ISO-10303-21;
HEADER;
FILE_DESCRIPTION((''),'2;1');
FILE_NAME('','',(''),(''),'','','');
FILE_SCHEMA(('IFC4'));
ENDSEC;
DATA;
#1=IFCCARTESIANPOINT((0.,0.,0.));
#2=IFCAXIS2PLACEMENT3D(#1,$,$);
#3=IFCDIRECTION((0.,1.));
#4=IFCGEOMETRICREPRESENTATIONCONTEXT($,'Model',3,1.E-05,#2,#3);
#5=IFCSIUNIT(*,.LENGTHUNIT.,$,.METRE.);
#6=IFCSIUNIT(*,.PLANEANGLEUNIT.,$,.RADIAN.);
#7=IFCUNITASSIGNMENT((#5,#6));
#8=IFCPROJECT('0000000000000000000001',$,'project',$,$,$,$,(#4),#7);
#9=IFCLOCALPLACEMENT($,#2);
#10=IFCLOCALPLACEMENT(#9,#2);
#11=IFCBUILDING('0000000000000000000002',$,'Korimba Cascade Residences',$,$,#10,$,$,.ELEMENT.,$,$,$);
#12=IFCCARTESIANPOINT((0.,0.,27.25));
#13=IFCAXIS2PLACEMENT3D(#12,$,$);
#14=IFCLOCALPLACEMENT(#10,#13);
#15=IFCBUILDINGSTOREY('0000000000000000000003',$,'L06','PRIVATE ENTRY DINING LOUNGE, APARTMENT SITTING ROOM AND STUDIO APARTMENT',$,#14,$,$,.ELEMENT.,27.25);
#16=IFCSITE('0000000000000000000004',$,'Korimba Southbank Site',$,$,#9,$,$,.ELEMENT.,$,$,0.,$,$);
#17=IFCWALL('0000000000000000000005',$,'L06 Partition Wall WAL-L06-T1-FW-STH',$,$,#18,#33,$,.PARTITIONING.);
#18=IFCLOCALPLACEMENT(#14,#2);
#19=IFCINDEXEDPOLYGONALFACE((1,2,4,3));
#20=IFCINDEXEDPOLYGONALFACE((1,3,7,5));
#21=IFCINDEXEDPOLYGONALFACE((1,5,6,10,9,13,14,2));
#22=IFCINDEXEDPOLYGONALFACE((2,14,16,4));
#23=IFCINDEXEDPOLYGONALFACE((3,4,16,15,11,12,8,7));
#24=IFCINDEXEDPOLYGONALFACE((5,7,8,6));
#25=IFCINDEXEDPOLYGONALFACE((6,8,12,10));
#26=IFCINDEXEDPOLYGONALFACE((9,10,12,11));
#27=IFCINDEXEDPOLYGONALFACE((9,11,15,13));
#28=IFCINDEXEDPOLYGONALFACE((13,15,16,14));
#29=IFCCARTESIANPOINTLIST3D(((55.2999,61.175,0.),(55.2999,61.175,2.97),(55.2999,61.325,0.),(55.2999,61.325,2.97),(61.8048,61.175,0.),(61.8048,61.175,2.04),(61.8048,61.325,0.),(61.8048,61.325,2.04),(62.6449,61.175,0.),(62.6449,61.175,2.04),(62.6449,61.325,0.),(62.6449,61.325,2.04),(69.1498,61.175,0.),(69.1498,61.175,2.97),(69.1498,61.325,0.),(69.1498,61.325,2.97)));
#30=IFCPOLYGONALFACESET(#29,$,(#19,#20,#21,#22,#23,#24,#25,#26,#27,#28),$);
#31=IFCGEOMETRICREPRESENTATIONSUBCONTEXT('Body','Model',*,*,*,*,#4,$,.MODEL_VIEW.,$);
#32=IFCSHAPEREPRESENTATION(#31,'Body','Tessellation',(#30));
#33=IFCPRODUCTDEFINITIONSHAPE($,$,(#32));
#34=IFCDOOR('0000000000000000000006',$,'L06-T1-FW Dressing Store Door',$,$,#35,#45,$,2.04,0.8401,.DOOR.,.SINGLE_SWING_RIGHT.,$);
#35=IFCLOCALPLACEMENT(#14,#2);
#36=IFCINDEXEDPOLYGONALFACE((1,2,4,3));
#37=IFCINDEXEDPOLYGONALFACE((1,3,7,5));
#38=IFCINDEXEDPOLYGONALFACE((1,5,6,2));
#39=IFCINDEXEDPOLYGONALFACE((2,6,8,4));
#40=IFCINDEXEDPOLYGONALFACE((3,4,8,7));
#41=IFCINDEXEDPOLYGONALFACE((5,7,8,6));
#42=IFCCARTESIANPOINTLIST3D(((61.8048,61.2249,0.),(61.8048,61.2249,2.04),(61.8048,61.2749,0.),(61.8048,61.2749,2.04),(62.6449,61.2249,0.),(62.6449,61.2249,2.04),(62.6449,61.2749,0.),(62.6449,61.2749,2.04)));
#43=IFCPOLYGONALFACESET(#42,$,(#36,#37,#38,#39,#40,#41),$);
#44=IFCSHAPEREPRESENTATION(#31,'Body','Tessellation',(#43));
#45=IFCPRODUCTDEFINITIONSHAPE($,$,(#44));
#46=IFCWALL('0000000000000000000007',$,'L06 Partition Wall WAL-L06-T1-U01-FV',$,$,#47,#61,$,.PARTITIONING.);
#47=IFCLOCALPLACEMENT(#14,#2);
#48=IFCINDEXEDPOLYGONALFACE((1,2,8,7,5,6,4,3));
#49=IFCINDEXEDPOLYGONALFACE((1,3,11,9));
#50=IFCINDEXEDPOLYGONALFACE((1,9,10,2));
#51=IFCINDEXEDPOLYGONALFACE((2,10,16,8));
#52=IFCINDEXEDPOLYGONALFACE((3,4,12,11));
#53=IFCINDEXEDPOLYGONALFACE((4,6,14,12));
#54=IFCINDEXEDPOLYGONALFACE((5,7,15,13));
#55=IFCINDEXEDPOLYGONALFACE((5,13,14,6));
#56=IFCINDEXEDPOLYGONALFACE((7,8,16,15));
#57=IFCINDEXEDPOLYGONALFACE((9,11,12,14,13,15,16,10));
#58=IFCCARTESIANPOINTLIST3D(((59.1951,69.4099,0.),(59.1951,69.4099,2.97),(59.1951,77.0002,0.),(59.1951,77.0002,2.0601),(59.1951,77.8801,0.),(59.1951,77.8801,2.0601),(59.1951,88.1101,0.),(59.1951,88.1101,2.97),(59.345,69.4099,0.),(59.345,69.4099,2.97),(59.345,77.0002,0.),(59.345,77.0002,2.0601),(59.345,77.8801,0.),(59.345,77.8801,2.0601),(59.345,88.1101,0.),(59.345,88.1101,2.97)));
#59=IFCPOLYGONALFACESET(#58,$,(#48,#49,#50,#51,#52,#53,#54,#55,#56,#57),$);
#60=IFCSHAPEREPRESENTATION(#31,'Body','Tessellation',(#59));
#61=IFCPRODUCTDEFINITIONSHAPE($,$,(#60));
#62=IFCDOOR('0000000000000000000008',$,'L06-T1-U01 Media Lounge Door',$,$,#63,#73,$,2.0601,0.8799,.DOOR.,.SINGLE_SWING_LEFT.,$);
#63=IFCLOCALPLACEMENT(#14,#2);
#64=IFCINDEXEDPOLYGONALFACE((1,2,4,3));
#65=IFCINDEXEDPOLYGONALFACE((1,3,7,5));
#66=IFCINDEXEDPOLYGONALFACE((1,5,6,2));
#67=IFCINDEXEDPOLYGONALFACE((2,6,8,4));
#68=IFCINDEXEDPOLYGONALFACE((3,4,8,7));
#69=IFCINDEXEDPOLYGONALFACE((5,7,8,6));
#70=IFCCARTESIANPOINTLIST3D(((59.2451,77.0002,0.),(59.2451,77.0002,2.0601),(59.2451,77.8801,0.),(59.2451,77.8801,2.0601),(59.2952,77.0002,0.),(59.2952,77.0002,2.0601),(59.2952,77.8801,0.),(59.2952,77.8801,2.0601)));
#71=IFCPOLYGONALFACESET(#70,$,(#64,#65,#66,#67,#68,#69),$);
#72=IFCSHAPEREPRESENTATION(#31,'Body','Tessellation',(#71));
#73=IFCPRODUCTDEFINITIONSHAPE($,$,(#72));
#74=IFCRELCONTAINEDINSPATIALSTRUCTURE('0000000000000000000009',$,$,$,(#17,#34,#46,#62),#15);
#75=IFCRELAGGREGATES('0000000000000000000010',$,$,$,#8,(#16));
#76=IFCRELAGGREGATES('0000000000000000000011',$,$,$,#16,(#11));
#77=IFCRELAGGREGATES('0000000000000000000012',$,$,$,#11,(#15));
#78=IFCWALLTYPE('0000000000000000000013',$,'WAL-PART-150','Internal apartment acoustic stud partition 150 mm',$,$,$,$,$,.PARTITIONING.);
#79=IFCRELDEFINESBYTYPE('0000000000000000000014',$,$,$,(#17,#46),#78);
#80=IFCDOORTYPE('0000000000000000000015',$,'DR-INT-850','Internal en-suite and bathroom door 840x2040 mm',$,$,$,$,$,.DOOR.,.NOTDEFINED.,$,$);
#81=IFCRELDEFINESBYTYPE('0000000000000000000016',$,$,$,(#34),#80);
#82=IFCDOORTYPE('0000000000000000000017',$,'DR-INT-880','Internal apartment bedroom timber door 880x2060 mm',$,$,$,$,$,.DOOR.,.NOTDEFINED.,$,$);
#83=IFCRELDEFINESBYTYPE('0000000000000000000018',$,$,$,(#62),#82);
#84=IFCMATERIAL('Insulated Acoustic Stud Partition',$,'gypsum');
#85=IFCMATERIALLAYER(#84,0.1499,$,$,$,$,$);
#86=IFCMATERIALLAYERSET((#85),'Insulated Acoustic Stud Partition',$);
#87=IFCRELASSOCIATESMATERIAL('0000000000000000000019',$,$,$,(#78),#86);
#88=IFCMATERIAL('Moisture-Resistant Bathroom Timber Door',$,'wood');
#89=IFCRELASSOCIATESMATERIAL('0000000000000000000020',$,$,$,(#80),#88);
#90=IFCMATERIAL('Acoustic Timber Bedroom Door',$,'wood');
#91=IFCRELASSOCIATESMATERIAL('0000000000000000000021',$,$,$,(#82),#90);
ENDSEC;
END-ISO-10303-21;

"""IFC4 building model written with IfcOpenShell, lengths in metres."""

from ifc_helpers import new_model, si_unit, direction, frame, frame_2d, origin, place, context, subcontext, project, spatial, rectangle, extrude, material, layer, layer_set, type_object, element, fill, save


model = new_model("IFC4")

# Units and contexts
model_context = context("Model", 3, precision=1e-05, world=origin(), true_north=direction((0.0, 1.0)))
body_context = subcontext(model_context, "Body", "Model", "MODEL_VIEW")
ifc_project = project(units=[si_unit("LENGTHUNIT", "METRE"), si_unit("PLANEANGLEUNIT", "RADIAN")], contexts=[model_context])

# Site, building, storey
site_placement = place(None, origin())
site = spatial("IfcSite", under=ifc_project, at=site_placement, Name="Korimba Southbank Site", CompositionType="ELEMENT", RefElevation=0.0)
building_placement = place(site_placement, origin())
building = spatial("IfcBuilding", under=site, at=building_placement, Name="Korimba Cascade Residences", CompositionType="ELEMENT")
storey_placement = place(building_placement, frame((0.0, 0.0, 27.25)))
storey = spatial("IfcBuildingStorey", under=building, at=storey_placement, Name="L06", Description="PRIVATE ENTRY DINING LOUNGE, APARTMENT SITTING ROOM AND STUDIO APARTMENT", CompositionType="ELEMENT", Elevation=27.25)

# Walls, openings, doors
ifc_material_1 = material(Name="Insulated Acoustic Stud Partition", Category="gypsum")
ifc_layer_1 = layer(ifc_material_1, 0.1499)
ifc_layer_set_1 = layer_set([ifc_layer_1], Name="Insulated Acoustic Stud Partition")
wall_type_1 = type_object("IfcWallType", Name="WAL-PART-150", Description="Internal apartment acoustic stud partition 150 mm", PredefinedType="PARTITIONING", material=ifc_layer_set_1)
wall_1_placement = place(storey_placement, frame((55.3, 61.25, 0.0), z_axis=(0.0, 0.0, 1.0), x_axis=(1.0, 0.0, 0.0)))
wall_1 = element("IfcWall", 1, at=wall_1_placement, inside=storey, type_object=wall_type_1, Name="L06 Partition Wall WAL-L06-T1-FW-STH", PredefinedType="PARTITIONING", context=body_context, shape_type="SweptSolid", body=[
    extrude(rectangle(XDim=13.8499, YDim=0.1499, at=frame_2d((6.9248, 0.0))), origin(), (0.0, 0.0, 1.0), 2.97),
])
opening_1_placement = place(wall_1_placement, frame((6.5049, 0.0, 0.0)))
opening_1 = element("IfcOpeningElement", 2, at=opening_1_placement, cuts=wall_1, PredefinedType="OPENING", context=body_context, shape_type="SweptSolid", body=[
    extrude(rectangle(XDim=0.8401, YDim=2.04, at=frame_2d((0.4199, 1.02))), frame((0.0, 0.085, 0.0), z_axis=(0.0, -1.0, 0.0), x_axis=(1.0, 0.0, 0.0)), (0.0, 0.0, 1.0), 0.1699),
])
ifc_material_2 = material(Name="Moisture-Resistant Bathroom Timber Door", Category="wood")
door_type_1 = type_object("IfcDoorType", Name="DR-INT-850", Description="Internal en-suite and bathroom door 840x2040 mm", OperationType="NOTDEFINED", PredefinedType="DOOR", material=ifc_material_2)
door_1_placement = place(opening_1_placement, origin())
door_1 = element("IfcDoor", 3, at=door_1_placement, inside=storey, type_object=door_type_1, Name="L06-T1-FW Dressing Store Door", OperationType="SINGLE_SWING_RIGHT", OverallHeight=2.04, OverallWidth=0.8401, PredefinedType="DOOR", context=body_context, shape_type="SweptSolid", body=[
    extrude(rectangle(XDim=0.8401, YDim=2.04, at=frame_2d((0.4199, 1.02))), frame((0.0, 0.0249, 0.0), z_axis=(0.0, -1.0, 0.0), x_axis=(1.0, 0.0, 0.0)), (0.0, 0.0, 1.0), 0.05),
])
fill(opening_1, door_1)
wall_2_placement = place(storey_placement, frame((59.27, 69.4099, 0.0), z_axis=(0.0, 0.0, 1.0), x_axis=(0.0, 1.0, 0.0)))
wall_2 = element("IfcWall", 4, at=wall_2_placement, inside=storey, type_object=wall_type_1, Name="L06 Partition Wall WAL-L06-T1-U01-FV", PredefinedType="PARTITIONING", context=body_context, shape_type="SweptSolid", body=[
    extrude(rectangle(XDim=18.7002, YDim=0.1499, at=frame_2d((9.3501, 0.0))), origin(), (0.0, 0.0, 1.0), 2.97),
])
opening_2_placement = place(wall_2_placement, frame((7.5903, 0.0, 0.0)))
opening_2 = element("IfcOpeningElement", 5, at=opening_2_placement, cuts=wall_2, PredefinedType="OPENING", context=body_context, shape_type="SweptSolid", body=[
    extrude(rectangle(XDim=0.8799, YDim=2.0601, at=frame_2d((0.4399, 1.03))), frame((0.0, 0.085, 0.0), z_axis=(0.0, -1.0, 0.0), x_axis=(1.0, 0.0, 0.0)), (0.0, 0.0, 1.0), 0.1699),
])
ifc_material_3 = material(Name="Acoustic Timber Bedroom Door", Category="wood")
door_type_2 = type_object("IfcDoorType", Name="DR-INT-880", Description="Internal apartment bedroom timber door 880x2060 mm", OperationType="NOTDEFINED", PredefinedType="DOOR", material=ifc_material_3)
door_2_placement = place(opening_2_placement, origin())
door_2 = element("IfcDoor", 6, at=door_2_placement, inside=storey, type_object=door_type_2, Name="L06-T1-U01 Media Lounge Door", OperationType="SINGLE_SWING_LEFT", OverallHeight=2.0601, OverallWidth=0.8799, PredefinedType="DOOR", context=body_context, shape_type="SweptSolid", body=[
    extrude(rectangle(XDim=0.8799, YDim=2.0601, at=frame_2d((0.4399, 1.03))), frame((0.0, 0.0249, 0.0), z_axis=(0.0, -1.0, 0.0), x_axis=(1.0, 0.0, 0.0)), (0.0, 0.0, 1.0), 0.05),
])
fill(opening_2, door_2)

save(model, "model.ifc")
